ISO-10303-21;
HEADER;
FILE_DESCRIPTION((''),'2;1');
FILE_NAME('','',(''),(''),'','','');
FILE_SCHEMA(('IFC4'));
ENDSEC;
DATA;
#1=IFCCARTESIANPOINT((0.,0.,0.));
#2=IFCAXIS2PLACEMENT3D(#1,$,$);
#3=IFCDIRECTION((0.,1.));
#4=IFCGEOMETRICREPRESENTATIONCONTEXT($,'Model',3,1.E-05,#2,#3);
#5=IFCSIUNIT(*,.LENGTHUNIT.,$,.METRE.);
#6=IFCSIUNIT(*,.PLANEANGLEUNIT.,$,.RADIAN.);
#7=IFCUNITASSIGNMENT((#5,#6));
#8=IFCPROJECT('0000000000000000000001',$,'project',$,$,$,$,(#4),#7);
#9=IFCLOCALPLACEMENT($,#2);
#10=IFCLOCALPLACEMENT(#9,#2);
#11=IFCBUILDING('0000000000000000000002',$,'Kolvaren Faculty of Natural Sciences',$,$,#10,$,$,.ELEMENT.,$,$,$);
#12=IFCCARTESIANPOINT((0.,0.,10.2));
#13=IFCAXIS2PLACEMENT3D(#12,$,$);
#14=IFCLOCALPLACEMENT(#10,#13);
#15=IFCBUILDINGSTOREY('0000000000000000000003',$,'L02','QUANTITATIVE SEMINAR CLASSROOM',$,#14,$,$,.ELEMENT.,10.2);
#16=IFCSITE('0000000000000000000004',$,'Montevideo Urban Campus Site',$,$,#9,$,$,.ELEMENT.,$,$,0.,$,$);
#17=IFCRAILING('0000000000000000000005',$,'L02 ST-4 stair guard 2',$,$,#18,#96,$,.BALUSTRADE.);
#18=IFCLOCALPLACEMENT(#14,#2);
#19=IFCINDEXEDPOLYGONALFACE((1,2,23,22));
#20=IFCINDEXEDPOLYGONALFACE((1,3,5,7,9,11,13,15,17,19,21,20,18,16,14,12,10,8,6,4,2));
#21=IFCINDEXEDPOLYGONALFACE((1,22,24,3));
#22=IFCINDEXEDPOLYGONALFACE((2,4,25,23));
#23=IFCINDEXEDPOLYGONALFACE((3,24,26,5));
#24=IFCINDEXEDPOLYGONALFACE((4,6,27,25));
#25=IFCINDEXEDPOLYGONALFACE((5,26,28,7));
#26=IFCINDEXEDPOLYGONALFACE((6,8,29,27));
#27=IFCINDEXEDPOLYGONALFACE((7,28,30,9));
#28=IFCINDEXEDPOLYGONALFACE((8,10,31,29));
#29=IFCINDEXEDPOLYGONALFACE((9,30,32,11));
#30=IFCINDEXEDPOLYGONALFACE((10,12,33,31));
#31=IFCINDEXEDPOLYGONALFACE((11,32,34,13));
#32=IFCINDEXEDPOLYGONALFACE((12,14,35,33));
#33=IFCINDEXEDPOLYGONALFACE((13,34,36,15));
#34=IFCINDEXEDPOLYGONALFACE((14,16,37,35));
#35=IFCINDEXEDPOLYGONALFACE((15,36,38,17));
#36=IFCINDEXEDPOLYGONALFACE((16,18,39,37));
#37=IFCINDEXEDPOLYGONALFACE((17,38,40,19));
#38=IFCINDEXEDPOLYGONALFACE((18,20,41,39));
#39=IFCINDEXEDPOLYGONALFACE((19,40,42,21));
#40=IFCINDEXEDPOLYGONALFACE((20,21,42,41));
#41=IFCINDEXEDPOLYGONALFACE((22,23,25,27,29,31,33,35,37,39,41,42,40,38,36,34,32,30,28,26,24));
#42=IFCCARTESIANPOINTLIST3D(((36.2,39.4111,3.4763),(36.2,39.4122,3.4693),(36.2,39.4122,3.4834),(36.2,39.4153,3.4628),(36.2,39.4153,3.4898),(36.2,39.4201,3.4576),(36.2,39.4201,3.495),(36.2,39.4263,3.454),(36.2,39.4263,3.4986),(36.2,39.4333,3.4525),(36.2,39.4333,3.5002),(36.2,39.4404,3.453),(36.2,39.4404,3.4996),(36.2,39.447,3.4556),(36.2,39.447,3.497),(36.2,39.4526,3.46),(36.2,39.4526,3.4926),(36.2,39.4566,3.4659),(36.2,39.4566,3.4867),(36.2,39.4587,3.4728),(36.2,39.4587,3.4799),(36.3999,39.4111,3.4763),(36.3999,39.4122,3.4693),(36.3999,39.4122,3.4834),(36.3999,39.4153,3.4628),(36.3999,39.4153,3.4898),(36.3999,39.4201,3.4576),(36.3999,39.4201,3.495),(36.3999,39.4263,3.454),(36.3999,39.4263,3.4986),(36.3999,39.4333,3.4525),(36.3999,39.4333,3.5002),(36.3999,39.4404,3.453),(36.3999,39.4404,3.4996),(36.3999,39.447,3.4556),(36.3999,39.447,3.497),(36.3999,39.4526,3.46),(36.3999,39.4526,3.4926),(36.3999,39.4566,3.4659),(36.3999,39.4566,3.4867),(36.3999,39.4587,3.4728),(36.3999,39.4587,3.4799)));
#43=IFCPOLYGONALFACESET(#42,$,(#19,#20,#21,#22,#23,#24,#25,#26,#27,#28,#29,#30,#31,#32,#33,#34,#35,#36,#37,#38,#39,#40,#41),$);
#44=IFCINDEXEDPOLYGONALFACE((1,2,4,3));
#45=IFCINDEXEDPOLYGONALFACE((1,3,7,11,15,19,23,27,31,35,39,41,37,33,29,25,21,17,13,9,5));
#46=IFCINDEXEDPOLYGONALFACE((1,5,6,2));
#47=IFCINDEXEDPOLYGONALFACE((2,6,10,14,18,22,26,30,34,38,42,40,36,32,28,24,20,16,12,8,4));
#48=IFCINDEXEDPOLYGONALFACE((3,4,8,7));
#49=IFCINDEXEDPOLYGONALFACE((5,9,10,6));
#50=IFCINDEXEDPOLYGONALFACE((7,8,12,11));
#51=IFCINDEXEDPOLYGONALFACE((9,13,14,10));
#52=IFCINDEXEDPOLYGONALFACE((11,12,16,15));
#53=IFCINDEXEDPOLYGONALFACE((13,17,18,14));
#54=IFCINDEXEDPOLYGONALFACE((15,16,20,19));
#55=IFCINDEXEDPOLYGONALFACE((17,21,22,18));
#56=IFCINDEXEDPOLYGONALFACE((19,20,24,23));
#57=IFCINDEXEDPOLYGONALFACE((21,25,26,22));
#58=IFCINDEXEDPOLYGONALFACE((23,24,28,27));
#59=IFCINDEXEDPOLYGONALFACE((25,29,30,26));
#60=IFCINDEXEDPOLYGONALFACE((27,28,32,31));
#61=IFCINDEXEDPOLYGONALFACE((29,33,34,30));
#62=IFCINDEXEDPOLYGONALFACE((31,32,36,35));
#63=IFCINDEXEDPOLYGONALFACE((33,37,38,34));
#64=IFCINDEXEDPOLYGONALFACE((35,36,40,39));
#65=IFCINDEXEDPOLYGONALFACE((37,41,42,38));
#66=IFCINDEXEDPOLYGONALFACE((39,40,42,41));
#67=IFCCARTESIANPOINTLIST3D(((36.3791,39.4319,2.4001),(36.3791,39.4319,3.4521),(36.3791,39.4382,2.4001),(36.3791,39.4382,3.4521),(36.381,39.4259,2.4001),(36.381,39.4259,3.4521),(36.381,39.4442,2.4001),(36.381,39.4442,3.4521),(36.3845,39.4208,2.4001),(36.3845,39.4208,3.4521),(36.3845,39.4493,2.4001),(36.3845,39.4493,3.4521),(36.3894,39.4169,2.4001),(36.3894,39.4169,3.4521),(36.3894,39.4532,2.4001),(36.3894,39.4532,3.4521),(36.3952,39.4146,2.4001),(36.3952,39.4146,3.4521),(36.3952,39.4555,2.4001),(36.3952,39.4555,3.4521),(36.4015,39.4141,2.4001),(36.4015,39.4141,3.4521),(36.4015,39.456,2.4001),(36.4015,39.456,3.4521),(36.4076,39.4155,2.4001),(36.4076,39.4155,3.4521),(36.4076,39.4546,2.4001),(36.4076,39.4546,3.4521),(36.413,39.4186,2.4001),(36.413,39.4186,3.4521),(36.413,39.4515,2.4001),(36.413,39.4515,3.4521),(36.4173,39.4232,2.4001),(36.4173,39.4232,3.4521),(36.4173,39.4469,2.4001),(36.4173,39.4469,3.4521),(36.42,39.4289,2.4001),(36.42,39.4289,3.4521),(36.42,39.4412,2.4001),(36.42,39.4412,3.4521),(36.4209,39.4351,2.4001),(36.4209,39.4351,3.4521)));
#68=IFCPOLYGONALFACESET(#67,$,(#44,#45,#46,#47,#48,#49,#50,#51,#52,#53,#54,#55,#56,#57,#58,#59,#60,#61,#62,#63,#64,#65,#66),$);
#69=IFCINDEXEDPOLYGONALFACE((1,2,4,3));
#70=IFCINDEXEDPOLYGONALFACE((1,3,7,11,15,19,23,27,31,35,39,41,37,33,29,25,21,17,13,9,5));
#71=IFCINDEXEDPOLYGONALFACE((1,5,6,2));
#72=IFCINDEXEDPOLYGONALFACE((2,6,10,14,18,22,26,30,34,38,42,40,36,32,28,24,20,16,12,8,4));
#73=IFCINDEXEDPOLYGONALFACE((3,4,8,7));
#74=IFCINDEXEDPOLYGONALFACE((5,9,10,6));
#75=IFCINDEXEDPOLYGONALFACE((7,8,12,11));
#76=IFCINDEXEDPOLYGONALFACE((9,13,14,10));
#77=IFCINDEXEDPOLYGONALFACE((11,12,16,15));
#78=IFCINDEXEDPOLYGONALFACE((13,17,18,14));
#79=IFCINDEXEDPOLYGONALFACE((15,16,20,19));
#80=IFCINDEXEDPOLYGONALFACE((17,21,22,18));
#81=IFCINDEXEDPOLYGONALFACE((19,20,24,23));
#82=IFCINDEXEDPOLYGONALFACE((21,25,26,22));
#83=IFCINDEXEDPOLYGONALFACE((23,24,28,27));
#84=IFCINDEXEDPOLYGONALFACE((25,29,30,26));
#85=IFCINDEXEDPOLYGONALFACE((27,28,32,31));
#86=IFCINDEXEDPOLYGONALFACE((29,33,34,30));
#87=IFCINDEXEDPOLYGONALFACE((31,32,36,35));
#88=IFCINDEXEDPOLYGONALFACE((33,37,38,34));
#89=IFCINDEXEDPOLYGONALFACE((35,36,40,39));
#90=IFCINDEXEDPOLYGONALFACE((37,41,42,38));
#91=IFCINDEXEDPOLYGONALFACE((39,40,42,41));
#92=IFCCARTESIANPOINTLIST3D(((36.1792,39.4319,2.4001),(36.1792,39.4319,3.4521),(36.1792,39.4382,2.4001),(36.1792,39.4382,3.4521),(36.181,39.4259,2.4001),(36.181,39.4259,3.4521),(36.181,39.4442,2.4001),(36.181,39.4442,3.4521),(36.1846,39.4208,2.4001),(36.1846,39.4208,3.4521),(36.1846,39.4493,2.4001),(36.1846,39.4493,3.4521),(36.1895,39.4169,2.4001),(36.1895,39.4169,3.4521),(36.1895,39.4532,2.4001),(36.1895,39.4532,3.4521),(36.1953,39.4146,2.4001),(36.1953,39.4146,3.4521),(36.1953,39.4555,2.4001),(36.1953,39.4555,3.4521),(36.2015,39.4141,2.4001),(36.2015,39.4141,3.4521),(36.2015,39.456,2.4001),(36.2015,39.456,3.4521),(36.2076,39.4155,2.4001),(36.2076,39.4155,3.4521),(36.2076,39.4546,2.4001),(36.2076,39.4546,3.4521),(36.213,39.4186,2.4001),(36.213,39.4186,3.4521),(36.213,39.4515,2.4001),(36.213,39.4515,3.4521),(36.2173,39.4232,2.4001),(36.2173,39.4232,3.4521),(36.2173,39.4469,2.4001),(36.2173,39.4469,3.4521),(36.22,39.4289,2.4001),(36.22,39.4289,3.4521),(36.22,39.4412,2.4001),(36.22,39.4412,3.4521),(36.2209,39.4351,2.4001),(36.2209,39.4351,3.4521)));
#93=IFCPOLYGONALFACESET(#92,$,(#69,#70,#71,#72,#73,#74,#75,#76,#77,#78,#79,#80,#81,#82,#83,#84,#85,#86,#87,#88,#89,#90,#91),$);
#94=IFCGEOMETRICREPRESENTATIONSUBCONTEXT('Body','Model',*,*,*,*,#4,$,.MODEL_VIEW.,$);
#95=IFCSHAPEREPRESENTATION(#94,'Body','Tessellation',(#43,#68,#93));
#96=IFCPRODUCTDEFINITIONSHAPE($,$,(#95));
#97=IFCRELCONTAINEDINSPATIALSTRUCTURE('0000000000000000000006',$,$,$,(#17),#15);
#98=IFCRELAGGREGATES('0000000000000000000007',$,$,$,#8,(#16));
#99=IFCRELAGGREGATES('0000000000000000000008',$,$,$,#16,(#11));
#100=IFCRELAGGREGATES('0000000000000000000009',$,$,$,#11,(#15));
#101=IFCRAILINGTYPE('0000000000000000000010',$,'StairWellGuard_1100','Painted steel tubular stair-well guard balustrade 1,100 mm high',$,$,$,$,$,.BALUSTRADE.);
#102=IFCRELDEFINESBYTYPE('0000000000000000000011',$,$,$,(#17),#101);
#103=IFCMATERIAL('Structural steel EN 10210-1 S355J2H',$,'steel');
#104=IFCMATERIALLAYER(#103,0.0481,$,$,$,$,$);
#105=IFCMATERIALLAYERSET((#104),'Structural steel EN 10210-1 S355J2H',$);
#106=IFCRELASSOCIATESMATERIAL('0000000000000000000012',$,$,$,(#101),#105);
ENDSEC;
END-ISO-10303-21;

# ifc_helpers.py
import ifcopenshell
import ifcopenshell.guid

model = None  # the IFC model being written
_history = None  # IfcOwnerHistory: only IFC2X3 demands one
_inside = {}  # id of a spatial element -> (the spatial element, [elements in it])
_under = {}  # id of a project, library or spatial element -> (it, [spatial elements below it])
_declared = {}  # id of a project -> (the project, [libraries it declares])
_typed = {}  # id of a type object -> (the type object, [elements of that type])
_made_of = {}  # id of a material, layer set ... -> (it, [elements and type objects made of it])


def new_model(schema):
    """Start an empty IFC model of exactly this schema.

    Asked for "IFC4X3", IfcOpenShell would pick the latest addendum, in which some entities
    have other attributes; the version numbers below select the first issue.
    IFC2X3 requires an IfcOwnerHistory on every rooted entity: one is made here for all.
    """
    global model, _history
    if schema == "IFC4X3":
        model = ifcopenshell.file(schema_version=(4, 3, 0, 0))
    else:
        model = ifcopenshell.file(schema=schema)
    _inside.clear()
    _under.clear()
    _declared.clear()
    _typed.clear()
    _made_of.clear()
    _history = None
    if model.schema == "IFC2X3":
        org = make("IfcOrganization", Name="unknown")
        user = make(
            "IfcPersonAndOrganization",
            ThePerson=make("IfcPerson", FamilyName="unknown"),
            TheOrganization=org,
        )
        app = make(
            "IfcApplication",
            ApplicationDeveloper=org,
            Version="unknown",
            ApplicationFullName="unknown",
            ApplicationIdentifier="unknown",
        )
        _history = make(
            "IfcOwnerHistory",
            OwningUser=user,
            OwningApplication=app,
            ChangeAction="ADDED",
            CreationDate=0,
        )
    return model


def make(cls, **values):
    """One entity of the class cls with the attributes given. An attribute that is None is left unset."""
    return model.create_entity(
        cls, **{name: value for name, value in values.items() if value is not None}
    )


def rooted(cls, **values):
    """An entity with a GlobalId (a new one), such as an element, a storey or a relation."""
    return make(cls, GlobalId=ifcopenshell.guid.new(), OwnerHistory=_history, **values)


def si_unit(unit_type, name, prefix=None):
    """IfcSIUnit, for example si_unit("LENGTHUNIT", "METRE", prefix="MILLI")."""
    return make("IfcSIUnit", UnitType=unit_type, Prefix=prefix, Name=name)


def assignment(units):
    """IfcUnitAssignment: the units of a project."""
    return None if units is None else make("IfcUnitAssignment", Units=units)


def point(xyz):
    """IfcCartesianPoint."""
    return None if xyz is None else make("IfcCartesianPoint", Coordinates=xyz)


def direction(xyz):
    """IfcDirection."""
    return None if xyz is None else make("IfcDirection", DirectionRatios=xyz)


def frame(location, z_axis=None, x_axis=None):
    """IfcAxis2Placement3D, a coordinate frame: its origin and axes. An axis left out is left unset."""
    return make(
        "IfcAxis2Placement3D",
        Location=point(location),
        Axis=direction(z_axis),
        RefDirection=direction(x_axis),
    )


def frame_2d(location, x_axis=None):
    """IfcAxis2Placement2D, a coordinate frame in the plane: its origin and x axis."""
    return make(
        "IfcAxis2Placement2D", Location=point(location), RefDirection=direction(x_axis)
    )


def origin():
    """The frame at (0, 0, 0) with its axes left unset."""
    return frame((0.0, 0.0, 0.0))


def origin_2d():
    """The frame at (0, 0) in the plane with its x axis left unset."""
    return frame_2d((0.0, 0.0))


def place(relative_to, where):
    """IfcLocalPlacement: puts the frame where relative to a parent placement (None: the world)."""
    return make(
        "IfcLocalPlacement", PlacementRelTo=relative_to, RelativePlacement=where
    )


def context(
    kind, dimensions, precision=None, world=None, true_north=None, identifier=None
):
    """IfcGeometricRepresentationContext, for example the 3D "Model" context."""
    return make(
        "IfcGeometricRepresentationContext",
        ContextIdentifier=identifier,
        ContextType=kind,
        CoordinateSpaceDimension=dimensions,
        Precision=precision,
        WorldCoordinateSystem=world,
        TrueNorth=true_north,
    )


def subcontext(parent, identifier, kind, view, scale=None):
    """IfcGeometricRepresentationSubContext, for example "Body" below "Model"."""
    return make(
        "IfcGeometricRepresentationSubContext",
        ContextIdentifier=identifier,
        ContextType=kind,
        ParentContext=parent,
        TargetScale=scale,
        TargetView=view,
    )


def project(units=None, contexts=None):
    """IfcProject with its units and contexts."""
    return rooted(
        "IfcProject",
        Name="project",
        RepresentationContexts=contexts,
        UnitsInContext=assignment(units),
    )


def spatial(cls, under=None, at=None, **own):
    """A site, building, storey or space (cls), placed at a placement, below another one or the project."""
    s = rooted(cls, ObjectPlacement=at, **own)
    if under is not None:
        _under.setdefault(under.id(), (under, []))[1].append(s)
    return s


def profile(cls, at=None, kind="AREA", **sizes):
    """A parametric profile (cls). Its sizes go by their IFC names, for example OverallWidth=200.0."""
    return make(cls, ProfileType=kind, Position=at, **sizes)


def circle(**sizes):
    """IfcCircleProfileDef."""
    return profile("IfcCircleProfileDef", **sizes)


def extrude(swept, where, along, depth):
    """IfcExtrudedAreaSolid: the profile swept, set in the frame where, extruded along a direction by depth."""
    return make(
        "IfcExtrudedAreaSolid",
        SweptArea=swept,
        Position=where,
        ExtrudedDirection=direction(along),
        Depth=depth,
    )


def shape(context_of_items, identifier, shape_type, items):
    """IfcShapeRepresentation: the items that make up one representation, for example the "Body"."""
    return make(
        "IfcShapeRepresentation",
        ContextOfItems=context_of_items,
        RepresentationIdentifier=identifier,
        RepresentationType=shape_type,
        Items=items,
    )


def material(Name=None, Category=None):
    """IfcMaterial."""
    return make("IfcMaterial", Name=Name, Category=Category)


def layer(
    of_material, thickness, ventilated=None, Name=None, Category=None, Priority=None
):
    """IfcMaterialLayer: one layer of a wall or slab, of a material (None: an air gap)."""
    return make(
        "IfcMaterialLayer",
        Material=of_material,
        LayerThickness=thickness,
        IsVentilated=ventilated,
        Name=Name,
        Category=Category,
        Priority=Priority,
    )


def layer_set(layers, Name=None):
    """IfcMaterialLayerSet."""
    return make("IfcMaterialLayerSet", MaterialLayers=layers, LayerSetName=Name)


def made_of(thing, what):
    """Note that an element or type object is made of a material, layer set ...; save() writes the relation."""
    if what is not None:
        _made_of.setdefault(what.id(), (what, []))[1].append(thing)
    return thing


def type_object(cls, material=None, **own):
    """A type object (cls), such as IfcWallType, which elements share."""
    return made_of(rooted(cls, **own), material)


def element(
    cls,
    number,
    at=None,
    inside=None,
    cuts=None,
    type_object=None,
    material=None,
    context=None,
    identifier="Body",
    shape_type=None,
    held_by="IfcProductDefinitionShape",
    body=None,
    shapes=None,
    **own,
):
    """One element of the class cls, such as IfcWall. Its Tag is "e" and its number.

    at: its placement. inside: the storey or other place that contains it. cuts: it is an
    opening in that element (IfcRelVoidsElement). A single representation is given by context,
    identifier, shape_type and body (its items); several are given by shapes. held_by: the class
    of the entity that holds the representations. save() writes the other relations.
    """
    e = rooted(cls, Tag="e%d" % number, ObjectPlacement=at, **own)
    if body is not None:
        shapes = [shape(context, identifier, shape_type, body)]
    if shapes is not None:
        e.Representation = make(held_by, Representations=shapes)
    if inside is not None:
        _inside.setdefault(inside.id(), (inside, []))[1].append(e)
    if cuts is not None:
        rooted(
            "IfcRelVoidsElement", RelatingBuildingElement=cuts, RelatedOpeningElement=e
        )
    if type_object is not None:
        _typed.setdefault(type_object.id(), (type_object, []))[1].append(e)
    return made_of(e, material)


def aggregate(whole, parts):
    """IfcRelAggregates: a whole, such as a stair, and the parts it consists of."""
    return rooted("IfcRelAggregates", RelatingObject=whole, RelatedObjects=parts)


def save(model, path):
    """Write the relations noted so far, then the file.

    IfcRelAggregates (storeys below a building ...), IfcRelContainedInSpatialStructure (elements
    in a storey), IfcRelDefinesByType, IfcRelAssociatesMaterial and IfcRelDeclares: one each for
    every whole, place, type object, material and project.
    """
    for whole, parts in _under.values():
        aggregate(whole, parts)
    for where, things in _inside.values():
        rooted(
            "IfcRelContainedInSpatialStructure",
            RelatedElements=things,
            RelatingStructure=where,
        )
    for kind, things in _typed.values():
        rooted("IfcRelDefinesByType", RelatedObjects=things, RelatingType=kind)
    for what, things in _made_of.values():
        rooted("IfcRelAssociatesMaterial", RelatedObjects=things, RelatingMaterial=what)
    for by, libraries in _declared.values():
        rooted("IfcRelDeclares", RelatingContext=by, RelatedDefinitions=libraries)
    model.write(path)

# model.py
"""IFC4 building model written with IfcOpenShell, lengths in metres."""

from ifc_helpers import new_model, si_unit, direction, frame, origin, origin_2d, place, context, subcontext, project, spatial, circle, extrude, material, layer, layer_set, type_object, element, save


model = new_model("IFC4")

# Units and contexts
model_context = context("Model", 3, precision=1e-05, world=origin(), true_north=direction((0.0, 1.0)))
body_context = subcontext(model_context, "Body", "Model", "MODEL_VIEW")
ifc_project = project(units=[si_unit("LENGTHUNIT", "METRE"), si_unit("PLANEANGLEUNIT", "RADIAN")], contexts=[model_context])

# Site, building, storey
site_placement = place(None, origin())
site = spatial("IfcSite", under=ifc_project, at=site_placement, Name="Montevideo Urban Campus Site", CompositionType="ELEMENT", RefElevation=0.0)
building_placement = place(site_placement, origin())
building = spatial("IfcBuilding", under=site, at=building_placement, Name="Kolvaren Faculty of Natural Sciences", CompositionType="ELEMENT")
storey_placement = place(building_placement, frame((0.0, 0.0, 10.2)))
storey = spatial("IfcBuildingStorey", under=building, at=storey_placement, Name="L02", Description="QUANTITATIVE SEMINAR CLASSROOM", CompositionType="ELEMENT", Elevation=10.2)

# Railing
ifc_material_1 = material(Name="Structural steel EN 10210-1 S355J2H", Category="steel")
ifc_layer_1 = layer(ifc_material_1, 0.0481)
ifc_layer_set_1 = layer_set([ifc_layer_1], Name="Structural steel EN 10210-1 S355J2H")
railing_type_1 = type_object("IfcRailingType", Name="StairWellGuard_1100", Description="Painted steel tubular stair-well guard balustrade 1,100 mm high", PredefinedType="BALUSTRADE", material=ifc_layer_set_1)
railing_1_placement = place(storey_placement, frame((36.3999, 39.4351, 2.4001)))
element("IfcRailing", 1, at=railing_1_placement, inside=storey, type_object=railing_type_1, Name="L02 ST-4 stair guard 2", PredefinedType="BALUSTRADE", context=body_context, shape_type="SweptSolid", body=[
    extrude(circle(Radius=0.0239, at=origin_2d()), frame((0.0, 0.0, 1.0762), z_axis=(-1.0, 0.0, 0.0), x_axis=(0.0, -1.0, 0.0)), (0.0, 0.0, 1.0), 0.2),
    extrude(circle(Radius=0.021, at=origin_2d()), origin(), (0.0, 0.0, 1.0), 1.052),
    extrude(circle(Radius=0.021, at=origin_2d()), frame((-0.2, 0.0, 0.0)), (0.0, 0.0, 1.0), 1.052),
])

save(model, "model.ifc")
